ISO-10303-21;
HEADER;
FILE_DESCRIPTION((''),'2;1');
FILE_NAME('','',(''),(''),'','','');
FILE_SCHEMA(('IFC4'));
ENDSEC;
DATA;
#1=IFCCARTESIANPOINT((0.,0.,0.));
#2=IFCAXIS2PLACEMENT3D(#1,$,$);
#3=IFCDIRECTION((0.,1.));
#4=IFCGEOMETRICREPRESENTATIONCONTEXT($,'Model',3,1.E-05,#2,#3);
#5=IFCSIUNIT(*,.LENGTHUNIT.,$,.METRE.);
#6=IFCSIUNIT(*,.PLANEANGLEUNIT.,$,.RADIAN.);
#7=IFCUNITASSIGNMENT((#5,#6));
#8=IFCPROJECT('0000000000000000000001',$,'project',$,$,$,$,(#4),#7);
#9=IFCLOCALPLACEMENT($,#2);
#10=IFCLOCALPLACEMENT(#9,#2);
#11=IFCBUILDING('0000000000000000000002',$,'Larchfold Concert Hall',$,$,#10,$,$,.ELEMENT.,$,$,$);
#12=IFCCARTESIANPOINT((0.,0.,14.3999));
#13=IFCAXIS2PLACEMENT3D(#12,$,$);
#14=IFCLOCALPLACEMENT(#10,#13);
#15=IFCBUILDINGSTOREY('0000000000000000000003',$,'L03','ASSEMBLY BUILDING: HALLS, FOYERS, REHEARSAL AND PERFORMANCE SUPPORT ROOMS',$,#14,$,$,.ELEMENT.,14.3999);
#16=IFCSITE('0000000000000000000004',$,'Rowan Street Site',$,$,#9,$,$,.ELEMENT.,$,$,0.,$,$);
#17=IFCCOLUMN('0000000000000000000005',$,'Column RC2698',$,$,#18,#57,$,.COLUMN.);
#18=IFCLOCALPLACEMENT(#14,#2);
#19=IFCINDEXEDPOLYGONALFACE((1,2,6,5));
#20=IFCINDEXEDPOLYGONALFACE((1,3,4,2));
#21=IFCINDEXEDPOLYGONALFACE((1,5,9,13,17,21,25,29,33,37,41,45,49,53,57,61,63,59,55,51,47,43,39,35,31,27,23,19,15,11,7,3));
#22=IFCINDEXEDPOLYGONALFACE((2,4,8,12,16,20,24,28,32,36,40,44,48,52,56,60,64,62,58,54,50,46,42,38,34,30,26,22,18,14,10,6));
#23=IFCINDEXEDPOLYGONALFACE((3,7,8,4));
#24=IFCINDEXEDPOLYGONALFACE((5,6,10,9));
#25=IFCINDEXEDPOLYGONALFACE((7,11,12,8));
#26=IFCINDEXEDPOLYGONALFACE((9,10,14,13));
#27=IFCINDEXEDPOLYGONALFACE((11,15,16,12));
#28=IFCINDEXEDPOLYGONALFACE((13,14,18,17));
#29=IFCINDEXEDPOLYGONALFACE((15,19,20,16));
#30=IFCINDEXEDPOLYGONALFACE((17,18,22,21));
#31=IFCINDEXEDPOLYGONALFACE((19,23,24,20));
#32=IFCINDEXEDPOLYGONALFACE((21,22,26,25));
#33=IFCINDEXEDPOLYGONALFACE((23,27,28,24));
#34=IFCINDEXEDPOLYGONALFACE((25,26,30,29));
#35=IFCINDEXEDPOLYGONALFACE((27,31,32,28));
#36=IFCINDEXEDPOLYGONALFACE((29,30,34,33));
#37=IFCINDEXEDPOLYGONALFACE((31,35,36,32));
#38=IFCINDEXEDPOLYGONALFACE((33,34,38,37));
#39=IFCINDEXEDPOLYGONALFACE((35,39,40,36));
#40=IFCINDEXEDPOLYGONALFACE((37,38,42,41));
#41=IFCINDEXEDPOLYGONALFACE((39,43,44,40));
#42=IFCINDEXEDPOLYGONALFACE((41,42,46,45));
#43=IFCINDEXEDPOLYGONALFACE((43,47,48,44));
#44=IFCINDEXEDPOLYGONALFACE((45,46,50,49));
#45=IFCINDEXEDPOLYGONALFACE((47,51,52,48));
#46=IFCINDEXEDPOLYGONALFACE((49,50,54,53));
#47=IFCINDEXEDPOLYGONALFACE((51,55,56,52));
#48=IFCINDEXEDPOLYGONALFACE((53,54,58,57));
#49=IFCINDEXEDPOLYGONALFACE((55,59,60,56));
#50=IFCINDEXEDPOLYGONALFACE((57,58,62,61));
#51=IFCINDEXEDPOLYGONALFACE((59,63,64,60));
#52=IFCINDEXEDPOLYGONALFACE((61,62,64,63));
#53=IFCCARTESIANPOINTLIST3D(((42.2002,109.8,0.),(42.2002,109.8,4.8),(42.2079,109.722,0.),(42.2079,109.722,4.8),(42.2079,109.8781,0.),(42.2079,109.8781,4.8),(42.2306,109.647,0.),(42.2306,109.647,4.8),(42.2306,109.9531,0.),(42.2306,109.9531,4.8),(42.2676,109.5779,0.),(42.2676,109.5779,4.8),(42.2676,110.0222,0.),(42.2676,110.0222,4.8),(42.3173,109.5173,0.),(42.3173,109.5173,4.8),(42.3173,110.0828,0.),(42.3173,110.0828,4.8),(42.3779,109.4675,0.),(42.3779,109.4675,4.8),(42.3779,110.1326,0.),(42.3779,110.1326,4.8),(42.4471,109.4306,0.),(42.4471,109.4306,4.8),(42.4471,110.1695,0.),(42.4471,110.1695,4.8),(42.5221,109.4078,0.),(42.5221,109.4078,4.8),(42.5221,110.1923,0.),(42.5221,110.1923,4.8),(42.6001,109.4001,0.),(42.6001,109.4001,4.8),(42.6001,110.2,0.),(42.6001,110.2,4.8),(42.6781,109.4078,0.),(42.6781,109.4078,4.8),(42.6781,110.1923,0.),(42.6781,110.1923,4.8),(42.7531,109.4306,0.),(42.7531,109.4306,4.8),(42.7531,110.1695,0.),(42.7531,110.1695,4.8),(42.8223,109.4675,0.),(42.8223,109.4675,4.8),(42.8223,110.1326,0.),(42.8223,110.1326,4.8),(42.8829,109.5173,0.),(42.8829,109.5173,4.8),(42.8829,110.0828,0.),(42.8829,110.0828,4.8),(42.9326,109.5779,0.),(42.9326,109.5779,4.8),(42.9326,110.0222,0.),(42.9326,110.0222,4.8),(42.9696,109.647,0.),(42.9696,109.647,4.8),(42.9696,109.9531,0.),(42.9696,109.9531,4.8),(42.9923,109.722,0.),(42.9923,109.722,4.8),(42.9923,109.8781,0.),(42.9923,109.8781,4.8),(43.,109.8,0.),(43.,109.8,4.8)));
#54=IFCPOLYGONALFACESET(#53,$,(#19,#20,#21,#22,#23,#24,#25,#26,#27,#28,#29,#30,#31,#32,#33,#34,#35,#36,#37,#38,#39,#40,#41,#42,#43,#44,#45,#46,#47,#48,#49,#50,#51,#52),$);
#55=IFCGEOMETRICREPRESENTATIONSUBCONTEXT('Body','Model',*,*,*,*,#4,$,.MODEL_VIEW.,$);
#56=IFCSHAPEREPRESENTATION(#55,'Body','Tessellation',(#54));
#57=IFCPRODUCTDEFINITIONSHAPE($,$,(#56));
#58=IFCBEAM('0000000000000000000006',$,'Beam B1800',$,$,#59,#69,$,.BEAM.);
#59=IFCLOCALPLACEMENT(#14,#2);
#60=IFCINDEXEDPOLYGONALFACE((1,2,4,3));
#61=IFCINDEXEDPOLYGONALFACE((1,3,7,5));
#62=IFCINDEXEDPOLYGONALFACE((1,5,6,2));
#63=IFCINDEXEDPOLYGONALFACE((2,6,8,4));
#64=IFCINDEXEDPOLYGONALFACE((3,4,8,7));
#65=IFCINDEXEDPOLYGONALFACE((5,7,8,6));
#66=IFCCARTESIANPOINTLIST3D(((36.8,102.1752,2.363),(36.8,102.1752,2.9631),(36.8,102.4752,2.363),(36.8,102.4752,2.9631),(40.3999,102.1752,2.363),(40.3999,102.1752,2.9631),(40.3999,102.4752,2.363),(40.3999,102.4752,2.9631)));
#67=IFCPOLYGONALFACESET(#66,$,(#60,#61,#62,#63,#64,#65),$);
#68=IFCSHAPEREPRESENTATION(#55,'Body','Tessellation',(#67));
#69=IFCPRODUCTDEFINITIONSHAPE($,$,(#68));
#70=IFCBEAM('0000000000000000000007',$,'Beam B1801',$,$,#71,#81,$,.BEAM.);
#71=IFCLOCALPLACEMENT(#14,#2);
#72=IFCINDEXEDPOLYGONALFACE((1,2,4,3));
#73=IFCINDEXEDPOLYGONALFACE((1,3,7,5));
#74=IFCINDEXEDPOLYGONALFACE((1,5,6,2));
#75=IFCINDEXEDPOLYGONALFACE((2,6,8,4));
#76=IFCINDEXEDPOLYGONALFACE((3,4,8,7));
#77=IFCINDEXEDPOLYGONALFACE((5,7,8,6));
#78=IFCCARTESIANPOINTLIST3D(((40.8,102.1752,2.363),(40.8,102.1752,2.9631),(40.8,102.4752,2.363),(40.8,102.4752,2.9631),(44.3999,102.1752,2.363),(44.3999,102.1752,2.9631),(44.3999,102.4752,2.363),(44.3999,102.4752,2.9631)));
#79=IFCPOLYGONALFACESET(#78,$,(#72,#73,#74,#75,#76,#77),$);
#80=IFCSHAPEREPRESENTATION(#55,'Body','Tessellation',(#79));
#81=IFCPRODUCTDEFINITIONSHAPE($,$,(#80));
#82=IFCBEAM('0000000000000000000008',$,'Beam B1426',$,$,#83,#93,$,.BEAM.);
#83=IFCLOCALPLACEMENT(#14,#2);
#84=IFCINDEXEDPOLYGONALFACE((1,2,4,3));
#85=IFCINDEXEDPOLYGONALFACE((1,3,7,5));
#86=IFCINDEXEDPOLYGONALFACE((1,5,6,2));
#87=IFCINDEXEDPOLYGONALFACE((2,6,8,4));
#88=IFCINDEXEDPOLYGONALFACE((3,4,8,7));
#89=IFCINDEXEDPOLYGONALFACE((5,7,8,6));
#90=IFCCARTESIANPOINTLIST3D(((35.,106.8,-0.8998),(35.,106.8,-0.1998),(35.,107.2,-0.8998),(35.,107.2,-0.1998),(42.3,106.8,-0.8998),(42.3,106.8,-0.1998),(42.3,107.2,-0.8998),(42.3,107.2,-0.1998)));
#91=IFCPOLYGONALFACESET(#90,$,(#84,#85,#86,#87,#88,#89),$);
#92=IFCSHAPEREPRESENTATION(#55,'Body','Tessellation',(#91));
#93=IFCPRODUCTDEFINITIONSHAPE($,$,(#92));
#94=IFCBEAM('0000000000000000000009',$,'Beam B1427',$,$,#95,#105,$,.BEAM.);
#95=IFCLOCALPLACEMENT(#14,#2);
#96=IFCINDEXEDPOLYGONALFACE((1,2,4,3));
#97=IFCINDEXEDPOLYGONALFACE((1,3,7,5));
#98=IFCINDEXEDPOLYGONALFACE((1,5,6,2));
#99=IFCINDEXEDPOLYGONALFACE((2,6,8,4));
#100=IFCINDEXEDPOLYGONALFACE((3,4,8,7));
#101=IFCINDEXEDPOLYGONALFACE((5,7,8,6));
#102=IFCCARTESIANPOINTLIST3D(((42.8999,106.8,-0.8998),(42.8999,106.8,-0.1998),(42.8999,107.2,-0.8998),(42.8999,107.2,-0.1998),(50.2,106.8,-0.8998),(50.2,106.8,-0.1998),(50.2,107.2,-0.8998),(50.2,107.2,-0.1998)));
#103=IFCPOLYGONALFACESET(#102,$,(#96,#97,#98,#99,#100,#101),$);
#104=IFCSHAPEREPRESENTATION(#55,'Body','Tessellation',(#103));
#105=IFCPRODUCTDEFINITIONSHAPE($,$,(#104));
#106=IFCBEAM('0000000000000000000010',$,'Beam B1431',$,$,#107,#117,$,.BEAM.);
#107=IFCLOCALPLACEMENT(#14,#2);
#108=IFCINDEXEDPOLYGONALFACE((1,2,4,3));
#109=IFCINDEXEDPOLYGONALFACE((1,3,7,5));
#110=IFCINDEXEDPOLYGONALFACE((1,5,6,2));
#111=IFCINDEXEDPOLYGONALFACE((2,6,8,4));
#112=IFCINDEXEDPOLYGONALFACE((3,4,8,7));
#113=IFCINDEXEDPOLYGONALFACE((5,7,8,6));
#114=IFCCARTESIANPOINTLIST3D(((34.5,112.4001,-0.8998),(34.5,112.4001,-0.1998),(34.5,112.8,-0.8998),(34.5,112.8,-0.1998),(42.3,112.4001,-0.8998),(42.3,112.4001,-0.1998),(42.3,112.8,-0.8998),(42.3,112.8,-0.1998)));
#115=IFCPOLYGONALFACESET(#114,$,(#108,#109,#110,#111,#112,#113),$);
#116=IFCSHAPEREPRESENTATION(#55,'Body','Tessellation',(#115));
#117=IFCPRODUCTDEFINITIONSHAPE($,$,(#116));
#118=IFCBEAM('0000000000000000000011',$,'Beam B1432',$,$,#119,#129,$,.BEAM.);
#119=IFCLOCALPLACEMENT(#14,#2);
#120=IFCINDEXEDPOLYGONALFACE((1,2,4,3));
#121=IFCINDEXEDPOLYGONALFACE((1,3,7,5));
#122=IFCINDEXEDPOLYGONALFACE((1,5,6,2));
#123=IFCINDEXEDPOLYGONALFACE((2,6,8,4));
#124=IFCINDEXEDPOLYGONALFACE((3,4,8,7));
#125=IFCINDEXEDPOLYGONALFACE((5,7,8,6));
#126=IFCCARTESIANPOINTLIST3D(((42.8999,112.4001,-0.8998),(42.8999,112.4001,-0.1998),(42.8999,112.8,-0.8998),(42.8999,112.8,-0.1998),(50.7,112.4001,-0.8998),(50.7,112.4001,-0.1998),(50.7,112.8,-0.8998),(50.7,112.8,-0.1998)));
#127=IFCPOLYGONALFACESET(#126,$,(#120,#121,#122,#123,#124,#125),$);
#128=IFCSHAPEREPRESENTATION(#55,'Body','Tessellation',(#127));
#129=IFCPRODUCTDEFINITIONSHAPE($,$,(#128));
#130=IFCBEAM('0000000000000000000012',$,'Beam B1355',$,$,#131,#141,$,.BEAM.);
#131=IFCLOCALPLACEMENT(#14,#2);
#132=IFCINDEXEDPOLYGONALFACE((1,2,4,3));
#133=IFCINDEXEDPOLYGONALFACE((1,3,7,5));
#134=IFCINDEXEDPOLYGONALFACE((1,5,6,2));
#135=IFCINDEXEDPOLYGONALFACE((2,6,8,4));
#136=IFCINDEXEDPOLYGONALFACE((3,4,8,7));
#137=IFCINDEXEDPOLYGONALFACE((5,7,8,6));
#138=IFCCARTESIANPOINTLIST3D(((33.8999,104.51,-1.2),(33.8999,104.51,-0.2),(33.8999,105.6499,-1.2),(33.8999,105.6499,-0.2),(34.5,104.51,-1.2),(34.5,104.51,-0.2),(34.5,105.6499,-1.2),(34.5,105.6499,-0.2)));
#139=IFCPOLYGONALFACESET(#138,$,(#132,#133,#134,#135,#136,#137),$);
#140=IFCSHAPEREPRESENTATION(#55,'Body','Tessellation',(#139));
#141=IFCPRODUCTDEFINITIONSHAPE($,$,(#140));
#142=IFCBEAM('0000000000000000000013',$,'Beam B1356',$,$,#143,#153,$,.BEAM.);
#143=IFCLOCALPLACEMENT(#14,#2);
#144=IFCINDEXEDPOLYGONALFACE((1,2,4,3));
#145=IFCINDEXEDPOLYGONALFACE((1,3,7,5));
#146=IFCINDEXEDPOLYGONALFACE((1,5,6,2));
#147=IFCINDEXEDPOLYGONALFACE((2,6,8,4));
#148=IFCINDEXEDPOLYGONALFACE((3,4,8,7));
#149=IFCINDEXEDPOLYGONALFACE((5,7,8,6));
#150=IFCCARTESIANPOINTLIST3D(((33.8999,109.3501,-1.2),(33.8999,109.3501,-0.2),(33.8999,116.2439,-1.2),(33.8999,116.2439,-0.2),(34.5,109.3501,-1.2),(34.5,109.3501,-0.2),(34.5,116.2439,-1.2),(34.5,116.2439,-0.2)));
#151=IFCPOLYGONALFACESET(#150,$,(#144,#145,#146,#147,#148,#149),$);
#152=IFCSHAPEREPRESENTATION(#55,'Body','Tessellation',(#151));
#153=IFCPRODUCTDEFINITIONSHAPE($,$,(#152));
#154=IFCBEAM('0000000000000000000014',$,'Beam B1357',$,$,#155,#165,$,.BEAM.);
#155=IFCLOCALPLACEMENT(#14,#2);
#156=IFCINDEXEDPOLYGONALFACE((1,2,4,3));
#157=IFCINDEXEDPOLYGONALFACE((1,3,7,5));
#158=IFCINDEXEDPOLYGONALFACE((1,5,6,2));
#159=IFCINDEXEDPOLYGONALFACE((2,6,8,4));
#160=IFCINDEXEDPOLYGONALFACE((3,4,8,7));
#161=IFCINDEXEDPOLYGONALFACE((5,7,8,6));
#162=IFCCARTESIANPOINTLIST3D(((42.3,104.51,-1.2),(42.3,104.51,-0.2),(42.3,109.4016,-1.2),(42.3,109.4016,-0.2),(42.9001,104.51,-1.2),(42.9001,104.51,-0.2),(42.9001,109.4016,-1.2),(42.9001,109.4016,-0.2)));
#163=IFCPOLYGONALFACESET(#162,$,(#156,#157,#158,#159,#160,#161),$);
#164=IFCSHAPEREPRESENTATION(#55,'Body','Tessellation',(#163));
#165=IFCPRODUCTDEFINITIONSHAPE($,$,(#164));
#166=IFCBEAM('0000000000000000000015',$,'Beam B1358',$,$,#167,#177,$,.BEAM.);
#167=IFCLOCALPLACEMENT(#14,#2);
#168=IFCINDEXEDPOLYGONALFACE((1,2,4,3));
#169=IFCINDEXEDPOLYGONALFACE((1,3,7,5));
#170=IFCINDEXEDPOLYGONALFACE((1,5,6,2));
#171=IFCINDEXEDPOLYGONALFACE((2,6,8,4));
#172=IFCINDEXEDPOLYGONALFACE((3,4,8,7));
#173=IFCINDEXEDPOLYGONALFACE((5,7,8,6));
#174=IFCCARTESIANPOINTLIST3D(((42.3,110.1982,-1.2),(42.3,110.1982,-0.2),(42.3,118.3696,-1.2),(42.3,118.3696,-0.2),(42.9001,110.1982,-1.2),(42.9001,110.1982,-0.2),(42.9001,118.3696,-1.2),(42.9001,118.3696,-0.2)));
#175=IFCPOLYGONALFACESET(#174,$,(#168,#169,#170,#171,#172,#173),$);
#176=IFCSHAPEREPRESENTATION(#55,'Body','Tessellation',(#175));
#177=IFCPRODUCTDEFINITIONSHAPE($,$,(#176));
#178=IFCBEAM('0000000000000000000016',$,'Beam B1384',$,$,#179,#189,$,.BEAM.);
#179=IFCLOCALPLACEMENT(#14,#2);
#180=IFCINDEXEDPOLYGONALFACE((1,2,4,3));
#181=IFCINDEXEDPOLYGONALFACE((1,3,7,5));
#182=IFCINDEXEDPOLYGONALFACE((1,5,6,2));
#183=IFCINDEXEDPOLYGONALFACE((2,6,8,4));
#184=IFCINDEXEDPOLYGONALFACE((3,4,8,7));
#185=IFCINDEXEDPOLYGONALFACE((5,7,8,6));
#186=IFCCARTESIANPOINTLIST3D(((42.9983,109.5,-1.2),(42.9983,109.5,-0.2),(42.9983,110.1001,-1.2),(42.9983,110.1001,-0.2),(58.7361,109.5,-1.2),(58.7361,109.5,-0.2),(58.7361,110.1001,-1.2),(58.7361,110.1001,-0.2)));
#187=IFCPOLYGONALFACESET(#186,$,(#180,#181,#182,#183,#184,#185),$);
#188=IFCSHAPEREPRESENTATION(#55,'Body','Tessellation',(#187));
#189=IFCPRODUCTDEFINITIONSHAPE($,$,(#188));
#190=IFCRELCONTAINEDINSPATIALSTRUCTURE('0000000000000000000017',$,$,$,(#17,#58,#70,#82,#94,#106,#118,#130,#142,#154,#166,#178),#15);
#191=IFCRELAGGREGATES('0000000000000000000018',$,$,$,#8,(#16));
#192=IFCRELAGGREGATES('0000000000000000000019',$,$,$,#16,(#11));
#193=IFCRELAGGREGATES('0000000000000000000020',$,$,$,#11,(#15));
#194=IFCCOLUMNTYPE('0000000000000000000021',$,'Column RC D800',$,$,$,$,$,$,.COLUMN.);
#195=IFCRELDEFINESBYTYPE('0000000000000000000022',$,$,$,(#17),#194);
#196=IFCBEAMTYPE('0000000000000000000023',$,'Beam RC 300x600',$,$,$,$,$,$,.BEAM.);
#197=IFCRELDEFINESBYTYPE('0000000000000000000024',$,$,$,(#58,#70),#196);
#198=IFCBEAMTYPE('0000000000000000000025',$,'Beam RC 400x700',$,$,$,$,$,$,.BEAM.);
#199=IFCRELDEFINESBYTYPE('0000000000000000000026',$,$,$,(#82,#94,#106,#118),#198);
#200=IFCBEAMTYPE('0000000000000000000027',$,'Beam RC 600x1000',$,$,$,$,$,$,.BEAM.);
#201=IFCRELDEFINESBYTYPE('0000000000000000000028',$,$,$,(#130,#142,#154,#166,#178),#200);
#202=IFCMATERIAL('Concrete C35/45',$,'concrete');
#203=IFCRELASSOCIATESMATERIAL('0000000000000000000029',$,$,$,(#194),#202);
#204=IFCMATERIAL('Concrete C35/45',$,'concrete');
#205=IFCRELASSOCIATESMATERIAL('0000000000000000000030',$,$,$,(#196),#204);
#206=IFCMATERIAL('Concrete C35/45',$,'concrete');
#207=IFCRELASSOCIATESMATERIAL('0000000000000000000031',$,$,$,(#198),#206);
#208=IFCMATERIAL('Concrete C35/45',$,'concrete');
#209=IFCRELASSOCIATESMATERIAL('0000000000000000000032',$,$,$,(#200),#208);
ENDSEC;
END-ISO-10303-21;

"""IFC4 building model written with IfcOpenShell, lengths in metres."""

from ifc_helpers import new_model, si_unit, direction, frame, origin, origin_2d, place, context, subcontext, project, spatial, rectangle, circle, extrude, material, material_profile, profile_set, type_object, element, save


model = new_model("IFC4")

# Units and contexts
model_context = context("Model", 3, precision=1e-05, world=origin(), true_north=direction((0.0, 1.0)))
body_context = subcontext(model_context, "Body", "Model", "MODEL_VIEW")
ifc_project = project(units=[si_unit("LENGTHUNIT", "METRE"), si_unit("PLANEANGLEUNIT", "RADIAN")], contexts=[model_context])

# Site, building, storey
site_placement = place(None, origin())
site = spatial("IfcSite", under=ifc_project, at=site_placement, Name="Rowan Street Site", CompositionType="ELEMENT", RefElevation=0.0)
building_placement = place(site_placement, origin())
building = spatial("IfcBuilding", under=site, at=building_placement, Name="Larchfold Concert Hall", CompositionType="ELEMENT")
storey_placement = place(building_placement, frame((0.0, 0.0, 14.3999)))
storey = spatial("IfcBuildingStorey", under=building, at=storey_placement, Name="L03", Description="ASSEMBLY BUILDING: HALLS, FOYERS, REHEARSAL AND PERFORMANCE SUPPORT ROOMS", CompositionType="ELEMENT", Elevation=14.3999)

# Column
ifc_material_1 = material(Name="Concrete C35/45", Category="concrete")
ifc_material_profile_1 = material_profile(ifc_material_1, circle(Radius=0.3999, at=origin_2d()))
ifc_profile_set_1 = profile_set([ifc_material_profile_1], Name="Concrete C35/45")
column_type = type_object("IfcColumnType", Name="Column RC D800", PredefinedType="COLUMN", material=ifc_profile_set_1)
column_placement = place(storey_placement, frame((42.6001, 109.8, 0.0), z_axis=(0.0, 0.0, 1.0), x_axis=(1.0, 0.0, 0.0)))
element("IfcColumn", 1, at=column_placement, inside=storey, type_object=column_type, Name="Column RC2698", PredefinedType="COLUMN", context=body_context, shape_type="SweptSolid", body=[
    extrude(circle(Radius=0.3999, at=origin_2d()), origin(), (0.0, 0.0, 1.0), 4.8),
])

# Beams
ifc_material_2 = material(Name="Concrete C35/45", Category="concrete")
ifc_material_profile_2 = material_profile(ifc_material_2, rectangle(XDim=0.3, YDim=0.6001, at=origin_2d()))
ifc_profile_set_2 = profile_set([ifc_material_profile_2], Name="Concrete C35/45")
beam_type_1 = type_object("IfcBeamType", Name="Beam RC 300x600", PredefinedType="BEAM", material=ifc_profile_set_2)
for number, where, z_axis, x_axis, name in (
    (2, (36.8, 102.3252, 2.6631), (1.0, 0.0, 0.0), (0.0, 1.0, 0.0), "Beam B1800"),
    (3, (40.8, 102.3252, 2.6631), (1.0, 0.0, 0.0), (0.0, 1.0, 0.0), "Beam B1801"),
):
    element("IfcBeam", number, at=place(storey_placement, frame(where, z_axis=z_axis, x_axis=x_axis)), inside=storey, type_object=beam_type_1, Name=name, PredefinedType="BEAM", context=body_context, shape_type="SweptSolid", body=[
        extrude(rectangle(XDim=0.3, YDim=0.6001, at=origin_2d()), origin(), (0.0, 0.0, 1.0), 3.5999),
    ])
ifc_material_3 = material(Name="Concrete C35/45", Category="concrete")
ifc_material_profile_3 = material_profile(ifc_material_3, rectangle(XDim=0.3999, YDim=0.7, at=origin_2d()))
ifc_profile_set_3 = profile_set([ifc_material_profile_3], Name="Concrete C35/45")
beam_type_2 = type_object("IfcBeamType", Name="Beam RC 400x700", PredefinedType="BEAM", material=ifc_profile_set_3)
for number, where, z_axis, x_axis, name in (
    (4, (35.0, 107.0, -0.5498), (1.0, 0.0, 0.0), (0.0, 1.0, 0.0), "Beam B1426"),
    (5, (42.8999, 107.0, -0.5498), (1.0, 0.0, 0.0), (0.0, 1.0, 0.0), "Beam B1427"),
):
    element("IfcBeam", number, at=place(storey_placement, frame(where, z_axis=z_axis, x_axis=x_axis)), inside=storey, type_object=beam_type_2, Name=name, PredefinedType="BEAM", context=body_context, shape_type="SweptSolid", body=[
        extrude(rectangle(XDim=0.3999, YDim=0.7, at=origin_2d()), origin(), (0.0, 0.0, 1.0), 7.3),
    ])
for number, where, z_axis, x_axis, name in (
    (6, (34.5, 112.6001, -0.5498), (1.0, 0.0, 0.0), (0.0, 1.0, 0.0), "Beam B1431"),
    (7, (42.8999, 112.6001, -0.5498), (1.0, 0.0, 0.0), (0.0, 1.0, 0.0), "Beam B1432"),
):
    element("IfcBeam", number, at=place(storey_placement, frame(where, z_axis=z_axis, x_axis=x_axis)), inside=storey, type_object=beam_type_2, Name=name, PredefinedType="BEAM", context=body_context, shape_type="SweptSolid", body=[
        extrude(rectangle(XDim=0.3999, YDim=0.7, at=origin_2d()), origin(), (0.0, 0.0, 1.0), 7.8),
    ])
ifc_material_4 = material(Name="Concrete C35/45", Category="concrete")
ifc_material_profile_4 = material_profile(ifc_material_4, rectangle(XDim=0.6001, YDim=1.0, at=origin_2d()))
ifc_profile_set_4 = profile_set([ifc_material_profile_4], Name="Concrete C35/45")
beam_type_3 = type_object("IfcBeamType", Name="Beam RC 600x1000", PredefinedType="BEAM", material=ifc_profile_set_4)
beam_1_placement = place(storey_placement, frame((34.2, 104.51, -0.7), z_axis=(0.0, 1.0, 0.0), x_axis=(-1.0, 0.0, 0.0)))
element("IfcBeam", 8, at=beam_1_placement, inside=storey, type_object=beam_type_3, Name="Beam B1355", PredefinedType="BEAM", context=body_context, shape_type="SweptSolid", body=[
    extrude(rectangle(XDim=0.6001, YDim=1.0, at=origin_2d()), origin(), (0.0, 0.0, 1.0), 1.1399),
])
beam_2_placement = place(storey_placement, frame((34.2, 109.3501, -0.7), z_axis=(0.0, 1.0, 0.0), x_axis=(-1.0, 0.0, 0.0)))
element("IfcBeam", 9, at=beam_2_placement, inside=storey, type_object=beam_type_3, Name="Beam B1356", PredefinedType="BEAM", context=body_context, shape_type="SweptSolid", body=[
    extrude(rectangle(XDim=0.6001, YDim=1.0, at=origin_2d()), origin(), (0.0, 0.0, 1.0), 6.8938),
])
beam_3_placement = place(storey_placement, frame((42.6001, 104.51, -0.7), z_axis=(0.0, 1.0, 0.0), x_axis=(-1.0, 0.0, 0.0)))
element("IfcBeam", 10, at=beam_3_placement, inside=storey, type_object=beam_type_3, Name="Beam B1357", PredefinedType="BEAM", context=body_context, shape_type="SweptSolid", body=[
    extrude(rectangle(XDim=0.6001, YDim=1.0, at=origin_2d()), origin(), (0.0, 0.0, 1.0), 4.8916),
])
beam_4_placement = place(storey_placement, frame((42.6001, 110.1982, -0.7), z_axis=(0.0, 1.0, 0.0), x_axis=(-1.0, 0.0, 0.0)))
element("IfcBeam", 11, at=beam_4_placement, inside=storey, type_object=beam_type_3, Name="Beam B1358", PredefinedType="BEAM", context=body_context, shape_type="SweptSolid", body=[
    extrude(rectangle(XDim=0.6001, YDim=1.0, at=origin_2d()), origin(), (0.0, 0.0, 1.0), 8.1714),
])
beam_5_placement = place(storey_placement, frame((42.9983, 109.8, -0.7), z_axis=(1.0, 0.0, 0.0), x_axis=(0.0, 1.0, 0.0)))
element("IfcBeam", 12, at=beam_5_placement, inside=storey, type_object=beam_type_3, Name="Beam B1384", PredefinedType="BEAM", context=body_context, shape_type="SweptSolid", body=[
    extrude(rectangle(XDim=0.6001, YDim=1.0, at=origin_2d()), origin(), (0.0, 0.0, 1.0), 15.7378),
])

save(model, "model.ifc")
